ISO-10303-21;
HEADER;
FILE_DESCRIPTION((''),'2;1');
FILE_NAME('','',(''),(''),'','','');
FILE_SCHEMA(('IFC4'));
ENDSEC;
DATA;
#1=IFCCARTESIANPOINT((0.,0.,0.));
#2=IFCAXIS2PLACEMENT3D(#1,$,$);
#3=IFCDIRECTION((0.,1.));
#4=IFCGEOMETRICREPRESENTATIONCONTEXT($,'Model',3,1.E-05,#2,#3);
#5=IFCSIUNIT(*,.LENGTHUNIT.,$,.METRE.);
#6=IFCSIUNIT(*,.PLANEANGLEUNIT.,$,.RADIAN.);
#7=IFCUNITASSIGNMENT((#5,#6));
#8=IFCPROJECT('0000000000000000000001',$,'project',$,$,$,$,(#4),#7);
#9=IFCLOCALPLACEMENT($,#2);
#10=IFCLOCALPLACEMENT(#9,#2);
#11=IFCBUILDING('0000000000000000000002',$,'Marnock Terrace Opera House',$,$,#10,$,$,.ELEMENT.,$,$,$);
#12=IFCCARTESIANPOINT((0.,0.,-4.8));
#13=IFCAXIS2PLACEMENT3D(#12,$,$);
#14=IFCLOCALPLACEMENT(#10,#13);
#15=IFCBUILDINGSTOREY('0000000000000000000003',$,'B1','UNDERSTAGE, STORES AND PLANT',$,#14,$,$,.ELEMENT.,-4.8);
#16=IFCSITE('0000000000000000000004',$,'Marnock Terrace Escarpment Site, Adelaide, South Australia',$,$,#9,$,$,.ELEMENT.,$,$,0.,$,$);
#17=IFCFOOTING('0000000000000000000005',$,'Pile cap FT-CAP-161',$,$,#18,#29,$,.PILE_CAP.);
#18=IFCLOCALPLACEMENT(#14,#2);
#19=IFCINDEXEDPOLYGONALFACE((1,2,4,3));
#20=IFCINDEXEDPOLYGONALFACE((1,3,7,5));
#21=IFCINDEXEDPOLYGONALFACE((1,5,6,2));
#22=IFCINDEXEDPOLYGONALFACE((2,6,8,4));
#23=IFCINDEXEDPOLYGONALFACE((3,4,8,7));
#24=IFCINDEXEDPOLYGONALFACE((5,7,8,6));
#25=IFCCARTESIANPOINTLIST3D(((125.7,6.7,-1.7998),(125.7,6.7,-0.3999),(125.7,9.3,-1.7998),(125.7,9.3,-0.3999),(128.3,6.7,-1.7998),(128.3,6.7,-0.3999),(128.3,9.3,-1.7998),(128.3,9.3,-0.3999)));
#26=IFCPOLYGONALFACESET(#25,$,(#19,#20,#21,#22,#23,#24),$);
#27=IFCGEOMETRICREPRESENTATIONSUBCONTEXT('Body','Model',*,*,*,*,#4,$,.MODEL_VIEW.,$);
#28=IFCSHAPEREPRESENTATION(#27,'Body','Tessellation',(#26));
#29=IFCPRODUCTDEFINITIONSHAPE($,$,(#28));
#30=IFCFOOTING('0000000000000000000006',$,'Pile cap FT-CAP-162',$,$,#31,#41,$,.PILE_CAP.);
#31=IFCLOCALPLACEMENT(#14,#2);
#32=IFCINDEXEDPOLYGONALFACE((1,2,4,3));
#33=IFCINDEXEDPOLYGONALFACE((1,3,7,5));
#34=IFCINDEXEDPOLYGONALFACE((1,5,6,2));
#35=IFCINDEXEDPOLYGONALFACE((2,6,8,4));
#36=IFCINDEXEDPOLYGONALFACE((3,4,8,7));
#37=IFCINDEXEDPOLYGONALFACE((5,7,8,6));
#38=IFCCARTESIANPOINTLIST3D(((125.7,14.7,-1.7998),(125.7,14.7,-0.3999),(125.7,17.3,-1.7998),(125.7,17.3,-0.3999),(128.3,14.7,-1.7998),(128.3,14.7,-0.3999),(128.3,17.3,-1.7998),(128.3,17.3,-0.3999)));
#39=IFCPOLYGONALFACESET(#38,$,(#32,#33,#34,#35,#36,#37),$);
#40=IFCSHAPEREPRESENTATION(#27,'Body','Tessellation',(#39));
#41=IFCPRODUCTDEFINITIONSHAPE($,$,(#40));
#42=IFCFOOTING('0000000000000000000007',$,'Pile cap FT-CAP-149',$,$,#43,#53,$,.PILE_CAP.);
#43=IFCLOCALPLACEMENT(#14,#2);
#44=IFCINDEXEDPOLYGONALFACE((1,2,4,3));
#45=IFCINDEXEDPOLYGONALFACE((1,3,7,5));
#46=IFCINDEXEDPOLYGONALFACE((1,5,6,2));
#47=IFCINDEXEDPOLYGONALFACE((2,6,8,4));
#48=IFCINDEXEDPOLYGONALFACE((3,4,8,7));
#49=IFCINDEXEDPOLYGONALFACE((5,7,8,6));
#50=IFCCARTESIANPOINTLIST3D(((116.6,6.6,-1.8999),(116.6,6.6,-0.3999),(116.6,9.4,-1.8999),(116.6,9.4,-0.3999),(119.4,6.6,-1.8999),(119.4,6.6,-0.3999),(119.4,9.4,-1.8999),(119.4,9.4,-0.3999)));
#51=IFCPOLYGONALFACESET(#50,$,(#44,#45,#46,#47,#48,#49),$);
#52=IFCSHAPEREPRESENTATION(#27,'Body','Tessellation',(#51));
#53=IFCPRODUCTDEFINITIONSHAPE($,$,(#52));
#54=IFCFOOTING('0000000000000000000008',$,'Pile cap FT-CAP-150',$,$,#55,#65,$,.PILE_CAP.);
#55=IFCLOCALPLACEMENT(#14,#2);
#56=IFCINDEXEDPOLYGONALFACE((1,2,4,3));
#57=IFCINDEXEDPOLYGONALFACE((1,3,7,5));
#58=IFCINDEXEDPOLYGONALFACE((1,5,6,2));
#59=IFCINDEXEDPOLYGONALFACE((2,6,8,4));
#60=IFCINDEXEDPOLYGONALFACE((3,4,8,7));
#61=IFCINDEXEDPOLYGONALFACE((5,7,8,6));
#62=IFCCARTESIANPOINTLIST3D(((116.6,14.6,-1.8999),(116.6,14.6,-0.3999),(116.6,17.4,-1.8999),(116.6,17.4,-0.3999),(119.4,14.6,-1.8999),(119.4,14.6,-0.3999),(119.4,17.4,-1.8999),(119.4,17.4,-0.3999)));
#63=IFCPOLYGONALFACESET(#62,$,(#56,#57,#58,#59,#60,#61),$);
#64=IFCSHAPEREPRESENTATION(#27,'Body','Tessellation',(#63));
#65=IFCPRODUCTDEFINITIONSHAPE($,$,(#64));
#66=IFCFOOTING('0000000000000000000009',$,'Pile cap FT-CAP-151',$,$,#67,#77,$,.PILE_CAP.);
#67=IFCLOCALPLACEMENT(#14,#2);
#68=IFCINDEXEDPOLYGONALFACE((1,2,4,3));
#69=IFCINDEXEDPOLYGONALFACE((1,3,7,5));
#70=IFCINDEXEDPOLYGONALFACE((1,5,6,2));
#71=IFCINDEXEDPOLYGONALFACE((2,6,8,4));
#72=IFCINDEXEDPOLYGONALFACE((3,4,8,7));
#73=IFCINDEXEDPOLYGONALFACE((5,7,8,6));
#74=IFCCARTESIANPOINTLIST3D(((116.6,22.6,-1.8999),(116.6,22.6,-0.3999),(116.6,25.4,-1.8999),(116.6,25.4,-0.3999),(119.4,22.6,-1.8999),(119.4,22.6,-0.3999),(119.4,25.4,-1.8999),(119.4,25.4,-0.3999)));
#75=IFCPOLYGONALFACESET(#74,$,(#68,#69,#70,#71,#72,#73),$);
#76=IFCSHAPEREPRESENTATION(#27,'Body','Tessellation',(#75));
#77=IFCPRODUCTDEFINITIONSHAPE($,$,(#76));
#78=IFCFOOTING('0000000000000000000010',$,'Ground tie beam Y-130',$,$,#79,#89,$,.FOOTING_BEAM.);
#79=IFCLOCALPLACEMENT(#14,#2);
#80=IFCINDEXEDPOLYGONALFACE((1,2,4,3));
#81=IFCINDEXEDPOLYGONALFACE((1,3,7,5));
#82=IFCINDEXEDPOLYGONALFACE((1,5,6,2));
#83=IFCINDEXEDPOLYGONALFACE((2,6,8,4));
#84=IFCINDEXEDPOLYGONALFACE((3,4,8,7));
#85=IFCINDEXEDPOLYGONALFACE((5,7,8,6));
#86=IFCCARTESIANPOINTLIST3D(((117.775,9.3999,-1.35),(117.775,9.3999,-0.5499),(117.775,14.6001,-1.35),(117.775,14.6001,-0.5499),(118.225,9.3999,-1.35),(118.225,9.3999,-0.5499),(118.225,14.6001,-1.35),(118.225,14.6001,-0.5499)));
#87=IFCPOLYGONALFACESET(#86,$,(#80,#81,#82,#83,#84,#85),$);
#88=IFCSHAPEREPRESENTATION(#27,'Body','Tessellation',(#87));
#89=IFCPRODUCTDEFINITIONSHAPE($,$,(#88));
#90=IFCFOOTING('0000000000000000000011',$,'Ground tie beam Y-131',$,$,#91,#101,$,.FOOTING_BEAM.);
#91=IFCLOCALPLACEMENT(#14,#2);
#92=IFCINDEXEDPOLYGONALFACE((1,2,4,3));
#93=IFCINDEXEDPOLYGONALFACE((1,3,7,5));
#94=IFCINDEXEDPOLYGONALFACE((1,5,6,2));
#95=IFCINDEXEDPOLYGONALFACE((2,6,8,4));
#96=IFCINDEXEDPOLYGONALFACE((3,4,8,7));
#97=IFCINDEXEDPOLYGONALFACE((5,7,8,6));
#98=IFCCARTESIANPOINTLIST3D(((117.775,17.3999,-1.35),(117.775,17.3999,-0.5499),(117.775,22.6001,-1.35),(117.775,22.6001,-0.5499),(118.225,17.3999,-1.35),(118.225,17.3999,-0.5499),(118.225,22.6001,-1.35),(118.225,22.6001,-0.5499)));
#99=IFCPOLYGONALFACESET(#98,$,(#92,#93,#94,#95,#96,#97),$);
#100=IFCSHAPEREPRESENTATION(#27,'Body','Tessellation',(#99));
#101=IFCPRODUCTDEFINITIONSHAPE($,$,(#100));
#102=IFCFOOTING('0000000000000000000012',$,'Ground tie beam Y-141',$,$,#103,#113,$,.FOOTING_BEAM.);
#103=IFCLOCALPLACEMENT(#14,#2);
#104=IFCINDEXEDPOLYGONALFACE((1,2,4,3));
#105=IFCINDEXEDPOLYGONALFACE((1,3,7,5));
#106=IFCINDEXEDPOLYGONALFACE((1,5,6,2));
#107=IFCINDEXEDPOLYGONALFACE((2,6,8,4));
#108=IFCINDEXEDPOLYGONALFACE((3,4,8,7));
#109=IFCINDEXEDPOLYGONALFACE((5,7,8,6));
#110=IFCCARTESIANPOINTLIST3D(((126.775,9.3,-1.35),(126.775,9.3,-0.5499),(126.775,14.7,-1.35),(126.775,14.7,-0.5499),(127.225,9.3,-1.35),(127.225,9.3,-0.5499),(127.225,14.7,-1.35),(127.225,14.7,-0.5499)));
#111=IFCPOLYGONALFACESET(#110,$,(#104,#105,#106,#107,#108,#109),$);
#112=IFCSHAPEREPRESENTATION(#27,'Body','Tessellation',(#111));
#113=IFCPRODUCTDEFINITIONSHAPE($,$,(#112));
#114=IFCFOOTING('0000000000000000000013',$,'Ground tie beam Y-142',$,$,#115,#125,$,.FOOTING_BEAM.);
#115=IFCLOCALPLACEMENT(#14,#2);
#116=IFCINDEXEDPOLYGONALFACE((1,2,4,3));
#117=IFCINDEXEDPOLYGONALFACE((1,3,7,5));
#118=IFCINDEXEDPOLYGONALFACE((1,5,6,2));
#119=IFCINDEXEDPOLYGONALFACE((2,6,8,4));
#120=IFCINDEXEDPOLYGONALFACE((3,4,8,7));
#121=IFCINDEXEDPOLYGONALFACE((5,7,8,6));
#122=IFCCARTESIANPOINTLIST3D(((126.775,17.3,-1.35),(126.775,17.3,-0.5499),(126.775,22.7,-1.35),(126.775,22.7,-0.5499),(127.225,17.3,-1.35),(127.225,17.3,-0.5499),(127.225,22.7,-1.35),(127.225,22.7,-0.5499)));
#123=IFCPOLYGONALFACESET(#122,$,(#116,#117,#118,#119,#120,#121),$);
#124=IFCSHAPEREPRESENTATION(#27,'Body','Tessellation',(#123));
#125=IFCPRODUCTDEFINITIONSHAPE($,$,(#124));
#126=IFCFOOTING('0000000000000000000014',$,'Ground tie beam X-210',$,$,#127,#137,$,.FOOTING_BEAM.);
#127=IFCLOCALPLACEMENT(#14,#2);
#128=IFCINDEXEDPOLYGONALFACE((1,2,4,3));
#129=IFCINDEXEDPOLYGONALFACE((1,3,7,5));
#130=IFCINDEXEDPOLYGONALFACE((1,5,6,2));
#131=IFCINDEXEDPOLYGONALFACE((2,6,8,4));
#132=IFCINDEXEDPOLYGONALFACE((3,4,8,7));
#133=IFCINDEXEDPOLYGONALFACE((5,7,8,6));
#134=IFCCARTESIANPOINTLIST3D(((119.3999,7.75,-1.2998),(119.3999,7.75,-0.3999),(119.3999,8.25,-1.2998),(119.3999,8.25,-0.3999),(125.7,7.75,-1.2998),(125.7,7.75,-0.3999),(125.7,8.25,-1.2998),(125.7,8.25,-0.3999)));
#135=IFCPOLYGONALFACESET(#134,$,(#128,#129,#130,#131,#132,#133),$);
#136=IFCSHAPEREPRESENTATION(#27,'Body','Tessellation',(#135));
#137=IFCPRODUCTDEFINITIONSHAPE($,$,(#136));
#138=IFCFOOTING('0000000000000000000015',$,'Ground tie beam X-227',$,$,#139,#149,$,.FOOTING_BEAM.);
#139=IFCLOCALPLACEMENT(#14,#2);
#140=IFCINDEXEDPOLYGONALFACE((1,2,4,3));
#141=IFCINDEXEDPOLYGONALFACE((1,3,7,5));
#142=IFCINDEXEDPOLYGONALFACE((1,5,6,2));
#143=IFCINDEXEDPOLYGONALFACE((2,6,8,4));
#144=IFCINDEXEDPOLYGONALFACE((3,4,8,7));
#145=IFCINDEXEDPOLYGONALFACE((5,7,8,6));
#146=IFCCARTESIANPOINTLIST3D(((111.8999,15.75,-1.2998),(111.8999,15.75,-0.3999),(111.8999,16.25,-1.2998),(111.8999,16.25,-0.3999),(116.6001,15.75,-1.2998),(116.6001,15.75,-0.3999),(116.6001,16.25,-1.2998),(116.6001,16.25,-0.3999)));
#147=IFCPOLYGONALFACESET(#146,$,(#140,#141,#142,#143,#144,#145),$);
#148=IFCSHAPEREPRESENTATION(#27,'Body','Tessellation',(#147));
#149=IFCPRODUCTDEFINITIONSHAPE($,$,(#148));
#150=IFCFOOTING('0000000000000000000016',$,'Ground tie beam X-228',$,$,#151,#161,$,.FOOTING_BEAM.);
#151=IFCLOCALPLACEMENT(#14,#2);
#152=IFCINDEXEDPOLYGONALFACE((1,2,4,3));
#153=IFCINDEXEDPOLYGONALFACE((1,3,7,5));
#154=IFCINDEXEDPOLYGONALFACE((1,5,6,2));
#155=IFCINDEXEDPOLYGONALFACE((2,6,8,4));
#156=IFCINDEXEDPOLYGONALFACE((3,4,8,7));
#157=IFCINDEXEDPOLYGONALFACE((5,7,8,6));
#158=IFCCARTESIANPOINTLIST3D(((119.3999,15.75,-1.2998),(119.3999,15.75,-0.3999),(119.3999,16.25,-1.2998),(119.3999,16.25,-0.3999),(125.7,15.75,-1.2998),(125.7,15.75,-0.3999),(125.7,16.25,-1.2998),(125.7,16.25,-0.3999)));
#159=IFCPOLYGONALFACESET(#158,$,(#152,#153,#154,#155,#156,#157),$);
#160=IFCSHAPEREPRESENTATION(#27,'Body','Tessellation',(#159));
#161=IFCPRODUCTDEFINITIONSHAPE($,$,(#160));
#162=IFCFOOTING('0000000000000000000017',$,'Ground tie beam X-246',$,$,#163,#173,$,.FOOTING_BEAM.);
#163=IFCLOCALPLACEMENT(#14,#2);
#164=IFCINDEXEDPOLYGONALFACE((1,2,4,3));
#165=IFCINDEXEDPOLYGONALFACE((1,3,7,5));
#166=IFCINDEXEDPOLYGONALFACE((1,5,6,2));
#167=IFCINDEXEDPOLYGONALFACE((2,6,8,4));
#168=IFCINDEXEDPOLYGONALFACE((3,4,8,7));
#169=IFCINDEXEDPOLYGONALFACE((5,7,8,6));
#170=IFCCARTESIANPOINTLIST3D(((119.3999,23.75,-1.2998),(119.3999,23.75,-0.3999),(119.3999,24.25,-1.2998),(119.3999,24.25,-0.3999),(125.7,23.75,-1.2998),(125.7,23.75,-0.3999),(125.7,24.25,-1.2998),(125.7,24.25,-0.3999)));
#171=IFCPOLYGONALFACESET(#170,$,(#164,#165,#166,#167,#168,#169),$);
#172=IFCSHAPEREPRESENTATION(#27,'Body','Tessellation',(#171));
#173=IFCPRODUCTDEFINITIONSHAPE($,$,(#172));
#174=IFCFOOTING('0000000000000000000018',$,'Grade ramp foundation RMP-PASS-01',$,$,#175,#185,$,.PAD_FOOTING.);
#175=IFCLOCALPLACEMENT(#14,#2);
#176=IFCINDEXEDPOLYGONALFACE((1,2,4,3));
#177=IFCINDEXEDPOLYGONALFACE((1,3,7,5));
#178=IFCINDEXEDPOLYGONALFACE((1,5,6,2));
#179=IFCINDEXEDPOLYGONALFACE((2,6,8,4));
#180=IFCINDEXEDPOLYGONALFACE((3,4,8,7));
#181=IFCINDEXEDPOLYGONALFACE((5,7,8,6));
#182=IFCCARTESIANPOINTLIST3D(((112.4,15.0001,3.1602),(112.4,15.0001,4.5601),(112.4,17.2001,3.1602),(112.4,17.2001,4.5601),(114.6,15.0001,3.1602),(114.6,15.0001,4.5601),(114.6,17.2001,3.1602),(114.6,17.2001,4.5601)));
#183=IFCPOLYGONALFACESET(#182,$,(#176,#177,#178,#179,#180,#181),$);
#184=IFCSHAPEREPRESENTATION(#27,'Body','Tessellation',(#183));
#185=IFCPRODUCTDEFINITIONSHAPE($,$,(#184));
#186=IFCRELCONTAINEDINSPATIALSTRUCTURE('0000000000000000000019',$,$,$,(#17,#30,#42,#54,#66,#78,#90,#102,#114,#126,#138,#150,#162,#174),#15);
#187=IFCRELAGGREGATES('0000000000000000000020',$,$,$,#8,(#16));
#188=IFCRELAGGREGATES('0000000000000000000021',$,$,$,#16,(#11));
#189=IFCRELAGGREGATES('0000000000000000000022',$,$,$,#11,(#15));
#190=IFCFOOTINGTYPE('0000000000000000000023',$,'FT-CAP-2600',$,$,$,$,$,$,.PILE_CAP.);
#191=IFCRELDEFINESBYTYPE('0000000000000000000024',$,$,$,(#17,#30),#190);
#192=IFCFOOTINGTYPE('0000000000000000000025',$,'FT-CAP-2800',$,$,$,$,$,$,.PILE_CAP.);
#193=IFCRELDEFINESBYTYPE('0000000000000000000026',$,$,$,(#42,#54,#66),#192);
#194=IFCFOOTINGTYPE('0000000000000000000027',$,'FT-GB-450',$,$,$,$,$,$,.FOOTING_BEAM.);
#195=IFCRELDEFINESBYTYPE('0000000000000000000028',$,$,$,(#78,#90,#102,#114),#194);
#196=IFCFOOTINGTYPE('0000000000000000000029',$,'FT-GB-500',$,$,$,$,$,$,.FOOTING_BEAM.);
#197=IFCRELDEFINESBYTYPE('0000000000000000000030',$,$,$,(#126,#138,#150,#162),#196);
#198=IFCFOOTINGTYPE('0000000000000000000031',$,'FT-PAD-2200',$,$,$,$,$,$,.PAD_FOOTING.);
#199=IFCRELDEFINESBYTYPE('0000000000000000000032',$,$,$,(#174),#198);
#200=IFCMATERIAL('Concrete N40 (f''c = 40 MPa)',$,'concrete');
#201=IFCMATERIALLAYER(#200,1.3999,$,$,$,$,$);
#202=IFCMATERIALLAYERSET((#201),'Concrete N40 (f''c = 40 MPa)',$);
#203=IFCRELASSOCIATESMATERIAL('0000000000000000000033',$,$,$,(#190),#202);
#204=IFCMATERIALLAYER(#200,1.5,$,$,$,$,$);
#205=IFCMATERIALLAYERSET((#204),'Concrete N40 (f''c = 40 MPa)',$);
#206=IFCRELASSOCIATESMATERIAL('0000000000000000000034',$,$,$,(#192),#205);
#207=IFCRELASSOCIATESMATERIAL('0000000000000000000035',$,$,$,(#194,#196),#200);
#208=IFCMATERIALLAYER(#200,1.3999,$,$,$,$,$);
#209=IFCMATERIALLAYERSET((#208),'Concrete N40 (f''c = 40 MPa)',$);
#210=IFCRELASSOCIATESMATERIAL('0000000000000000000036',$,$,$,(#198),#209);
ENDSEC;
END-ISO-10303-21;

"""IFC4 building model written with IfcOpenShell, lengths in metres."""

from ifc_helpers import new_model, si_unit, direction, frame, origin, origin_2d, place, context, subcontext, project, spatial, rectangle, extrude, material, layer, layer_set, material_profile, profile_set, type_object, element, save


model = new_model("IFC4")

# Units and contexts
model_context = context("Model", 3, precision=1e-05, world=origin(), true_north=direction((0.0, 1.0)))
body_context = subcontext(model_context, "Body", "Model", "MODEL_VIEW")
ifc_project = project(units=[si_unit("LENGTHUNIT", "METRE"), si_unit("PLANEANGLEUNIT", "RADIAN")], contexts=[model_context])

# Site, building, storey
site_placement = place(None, origin())
site = spatial("IfcSite", under=ifc_project, at=site_placement, Name="Marnock Terrace Escarpment Site, Adelaide, South Australia", CompositionType="ELEMENT", RefElevation=0.0)
building_placement = place(site_placement, origin())
building = spatial("IfcBuilding", under=site, at=building_placement, Name="Marnock Terrace Opera House", CompositionType="ELEMENT")
storey_placement = place(building_placement, frame((0.0, 0.0, -4.8)))
storey = spatial("IfcBuildingStorey", under=building, at=storey_placement, Name="B1", Description="UNDERSTAGE, STORES AND PLANT", CompositionType="ELEMENT", Elevation=-4.8)

# Footings
ifc_material_1 = material(Name="Concrete N40 (f'c = 40 MPa)", Category="concrete")
ifc_layer_1 = layer(ifc_material_1, 1.3999)
ifc_layer_set_1 = layer_set([ifc_layer_1], Name="Concrete N40 (f'c = 40 MPa)")
footing_type_1 = type_object("IfcFootingType", Name="FT-CAP-2600", PredefinedType="PILE_CAP", material=ifc_layer_set_1)
for number, where, z_axis, x_axis, name in (
    (1, (127.0, 8.0, -1.7998), (0.0, 0.0, 1.0), (1.0, 0.0, 0.0), "Pile cap FT-CAP-161"),
    (2, (127.0, 16.0, -1.7998), (0.0, 0.0, 1.0), (1.0, 0.0, 0.0), "Pile cap FT-CAP-162"),
):
    element("IfcFooting", number, at=place(storey_placement, frame(where, z_axis=z_axis, x_axis=x_axis)), inside=storey, type_object=footing_type_1, Name=name, PredefinedType="PILE_CAP", context=body_context, shape_type="SweptSolid", body=[
        extrude(rectangle(XDim=2.6001, YDim=2.6001, at=origin_2d()), origin(), (0.0, 0.0, 1.0), 1.3999),
    ])
ifc_layer_2 = layer(ifc_material_1, 1.5)
ifc_layer_set_2 = layer_set([ifc_layer_2], Name="Concrete N40 (f'c = 40 MPa)")
footing_type_2 = type_object("IfcFootingType", Name="FT-CAP-2800", PredefinedType="PILE_CAP", material=ifc_layer_set_2)
for number, where, z_axis, x_axis, name in (
    (3, (118.0, 8.0, -1.8999), (0.0, 0.0, 1.0), (1.0, 0.0, 0.0), "Pile cap FT-CAP-149"),
    (4, (118.0, 16.0, -1.8999), (0.0, 0.0, 1.0), (1.0, 0.0, 0.0), "Pile cap FT-CAP-150"),
    (5, (118.0, 24.0, -1.8999), (0.0, 0.0, 1.0), (1.0, 0.0, 0.0), "Pile cap FT-CAP-151"),
):
    element("IfcFooting", number, at=place(storey_placement, frame(where, z_axis=z_axis, x_axis=x_axis)), inside=storey, type_object=footing_type_2, Name=name, PredefinedType="PILE_CAP", context=body_context, shape_type="SweptSolid", body=[
        extrude(rectangle(XDim=2.8, YDim=2.8, at=origin_2d()), origin(), (0.0, 0.0, 1.0), 1.5),
    ])
ifc_material_profile_1 = material_profile(ifc_material_1, rectangle(XDim=0.45, YDim=0.8, at=origin_2d()))
ifc_profile_set_1 = profile_set([ifc_material_profile_1], Name="Concrete N40 (f'c = 40 MPa)")
footing_type_3 = type_object("IfcFootingType", Name="FT-GB-450", PredefinedType="FOOTING_BEAM", material=ifc_profile_set_1)
for number, where, z_axis, x_axis, name in (
    (6, (118.0, 9.3999, -0.95), (0.0, 1.0, 0.0), (-1.0, 0.0, 0.0), "Ground tie beam Y-130"),
    (7, (118.0, 17.3999, -0.95), (0.0, 1.0, 0.0), (-1.0, 0.0, 0.0), "Ground tie beam Y-131"),
):
    element("IfcFooting", number, at=place(storey_placement, frame(where, z_axis=z_axis, x_axis=x_axis)), inside=storey, type_object=footing_type_3, Name=name, PredefinedType="FOOTING_BEAM", context=body_context, shape_type="SweptSolid", body=[
        extrude(rectangle(XDim=0.45, YDim=0.8, at=origin_2d()), origin(), (0.0, 0.0, 1.0), 5.2002),
    ])
for number, where, z_axis, x_axis, name in (
    (8, (127.0, 9.3, -0.95), (0.0, 1.0, 0.0), (-1.0, 0.0, 0.0), "Ground tie beam Y-141"),
    (9, (127.0, 17.3, -0.95), (0.0, 1.0, 0.0), (-1.0, 0.0, 0.0), "Ground tie beam Y-142"),
):
    element("IfcFooting", number, at=place(storey_placement, frame(where, z_axis=z_axis, x_axis=x_axis)), inside=storey, type_object=footing_type_3, Name=name, PredefinedType="FOOTING_BEAM", context=body_context, shape_type="SweptSolid", body=[
        extrude(rectangle(XDim=0.45, YDim=0.8, at=origin_2d()), origin(), (0.0, 0.0, 1.0), 5.3999),
    ])
ifc_material_profile_2 = material_profile(ifc_material_1, rectangle(XDim=0.5, YDim=0.8999, at=origin_2d()))
ifc_profile_set_2 = profile_set([ifc_material_profile_2], Name="Concrete N40 (f'c = 40 MPa)")
footing_type_4 = type_object("IfcFootingType", Name="FT-GB-500", PredefinedType="FOOTING_BEAM", material=ifc_profile_set_2)
footing_1_placement = place(storey_placement, frame((119.3999, 8.0, -0.8499), z_axis=(1.0, 0.0, 0.0), x_axis=(0.0, 1.0, 0.0)))
element("IfcFooting", 10, at=footing_1_placement, inside=storey, type_object=footing_type_4, Name="Ground tie beam X-210", PredefinedType="FOOTING_BEAM", context=body_context, shape_type="SweptSolid", body=[
    extrude(rectangle(XDim=0.5, YDim=0.8999, at=origin_2d()), origin(), (0.0, 0.0, 1.0), 6.3),
])
footing_2_placement = place(storey_placement, frame((111.8999, 16.0, -0.8499), z_axis=(1.0, 0.0, 0.0), x_axis=(0.0, 1.0, 0.0)))
element("IfcFooting", 11, at=footing_2_placement, inside=storey, type_object=footing_type_4, Name="Ground tie beam X-227", PredefinedType="FOOTING_BEAM", context=body_context, shape_type="SweptSolid", body=[
    extrude(rectangle(XDim=0.5, YDim=0.8999, at=origin_2d()), origin(), (0.0, 0.0, 1.0), 4.7002),
])
for number, where, z_axis, x_axis, name in (
    (12, (119.3999, 16.0, -0.8499), (1.0, 0.0, 0.0), (0.0, 1.0, 0.0), "Ground tie beam X-228"),
    (13, (119.3999, 24.0, -0.8499), (1.0, 0.0, 0.0), (0.0, 1.0, 0.0), "Ground tie beam X-246"),
):
    element("IfcFooting", number, at=place(storey_placement, frame(where, z_axis=z_axis, x_axis=x_axis)), inside=storey, type_object=footing_type_4, Name=name, PredefinedType="FOOTING_BEAM", context=body_context, shape_type="SweptSolid", body=[
        extrude(rectangle(XDim=0.5, YDim=0.8999, at=origin_2d()), origin(), (0.0, 0.0, 1.0), 6.3),
    ])
ifc_layer_3 = layer(ifc_material_1, 1.3999)
ifc_layer_set_3 = layer_set([ifc_layer_3], Name="Concrete N40 (f'c = 40 MPa)")
footing_type_5 = type_object("IfcFootingType", Name="FT-PAD-2200", PredefinedType="PAD_FOOTING", material=ifc_layer_set_3)
footing_3_placement = place(storey_placement, frame((113.5, 16.1001, 3.1602), z_axis=(0.0, 0.0, 1.0), x_axis=(1.0, 0.0, 0.0)))
element("IfcFooting", 14, at=footing_3_placement, inside=storey, type_object=footing_type_5, Name="Grade ramp foundation RMP-PASS-01", PredefinedType="PAD_FOOTING", context=body_context, shape_type="SweptSolid", body=[
    extrude(rectangle(XDim=2.2, YDim=2.2, at=origin_2d()), origin(), (0.0, 0.0, 1.0), 1.3999),
])

save(model, "model.ifc")
